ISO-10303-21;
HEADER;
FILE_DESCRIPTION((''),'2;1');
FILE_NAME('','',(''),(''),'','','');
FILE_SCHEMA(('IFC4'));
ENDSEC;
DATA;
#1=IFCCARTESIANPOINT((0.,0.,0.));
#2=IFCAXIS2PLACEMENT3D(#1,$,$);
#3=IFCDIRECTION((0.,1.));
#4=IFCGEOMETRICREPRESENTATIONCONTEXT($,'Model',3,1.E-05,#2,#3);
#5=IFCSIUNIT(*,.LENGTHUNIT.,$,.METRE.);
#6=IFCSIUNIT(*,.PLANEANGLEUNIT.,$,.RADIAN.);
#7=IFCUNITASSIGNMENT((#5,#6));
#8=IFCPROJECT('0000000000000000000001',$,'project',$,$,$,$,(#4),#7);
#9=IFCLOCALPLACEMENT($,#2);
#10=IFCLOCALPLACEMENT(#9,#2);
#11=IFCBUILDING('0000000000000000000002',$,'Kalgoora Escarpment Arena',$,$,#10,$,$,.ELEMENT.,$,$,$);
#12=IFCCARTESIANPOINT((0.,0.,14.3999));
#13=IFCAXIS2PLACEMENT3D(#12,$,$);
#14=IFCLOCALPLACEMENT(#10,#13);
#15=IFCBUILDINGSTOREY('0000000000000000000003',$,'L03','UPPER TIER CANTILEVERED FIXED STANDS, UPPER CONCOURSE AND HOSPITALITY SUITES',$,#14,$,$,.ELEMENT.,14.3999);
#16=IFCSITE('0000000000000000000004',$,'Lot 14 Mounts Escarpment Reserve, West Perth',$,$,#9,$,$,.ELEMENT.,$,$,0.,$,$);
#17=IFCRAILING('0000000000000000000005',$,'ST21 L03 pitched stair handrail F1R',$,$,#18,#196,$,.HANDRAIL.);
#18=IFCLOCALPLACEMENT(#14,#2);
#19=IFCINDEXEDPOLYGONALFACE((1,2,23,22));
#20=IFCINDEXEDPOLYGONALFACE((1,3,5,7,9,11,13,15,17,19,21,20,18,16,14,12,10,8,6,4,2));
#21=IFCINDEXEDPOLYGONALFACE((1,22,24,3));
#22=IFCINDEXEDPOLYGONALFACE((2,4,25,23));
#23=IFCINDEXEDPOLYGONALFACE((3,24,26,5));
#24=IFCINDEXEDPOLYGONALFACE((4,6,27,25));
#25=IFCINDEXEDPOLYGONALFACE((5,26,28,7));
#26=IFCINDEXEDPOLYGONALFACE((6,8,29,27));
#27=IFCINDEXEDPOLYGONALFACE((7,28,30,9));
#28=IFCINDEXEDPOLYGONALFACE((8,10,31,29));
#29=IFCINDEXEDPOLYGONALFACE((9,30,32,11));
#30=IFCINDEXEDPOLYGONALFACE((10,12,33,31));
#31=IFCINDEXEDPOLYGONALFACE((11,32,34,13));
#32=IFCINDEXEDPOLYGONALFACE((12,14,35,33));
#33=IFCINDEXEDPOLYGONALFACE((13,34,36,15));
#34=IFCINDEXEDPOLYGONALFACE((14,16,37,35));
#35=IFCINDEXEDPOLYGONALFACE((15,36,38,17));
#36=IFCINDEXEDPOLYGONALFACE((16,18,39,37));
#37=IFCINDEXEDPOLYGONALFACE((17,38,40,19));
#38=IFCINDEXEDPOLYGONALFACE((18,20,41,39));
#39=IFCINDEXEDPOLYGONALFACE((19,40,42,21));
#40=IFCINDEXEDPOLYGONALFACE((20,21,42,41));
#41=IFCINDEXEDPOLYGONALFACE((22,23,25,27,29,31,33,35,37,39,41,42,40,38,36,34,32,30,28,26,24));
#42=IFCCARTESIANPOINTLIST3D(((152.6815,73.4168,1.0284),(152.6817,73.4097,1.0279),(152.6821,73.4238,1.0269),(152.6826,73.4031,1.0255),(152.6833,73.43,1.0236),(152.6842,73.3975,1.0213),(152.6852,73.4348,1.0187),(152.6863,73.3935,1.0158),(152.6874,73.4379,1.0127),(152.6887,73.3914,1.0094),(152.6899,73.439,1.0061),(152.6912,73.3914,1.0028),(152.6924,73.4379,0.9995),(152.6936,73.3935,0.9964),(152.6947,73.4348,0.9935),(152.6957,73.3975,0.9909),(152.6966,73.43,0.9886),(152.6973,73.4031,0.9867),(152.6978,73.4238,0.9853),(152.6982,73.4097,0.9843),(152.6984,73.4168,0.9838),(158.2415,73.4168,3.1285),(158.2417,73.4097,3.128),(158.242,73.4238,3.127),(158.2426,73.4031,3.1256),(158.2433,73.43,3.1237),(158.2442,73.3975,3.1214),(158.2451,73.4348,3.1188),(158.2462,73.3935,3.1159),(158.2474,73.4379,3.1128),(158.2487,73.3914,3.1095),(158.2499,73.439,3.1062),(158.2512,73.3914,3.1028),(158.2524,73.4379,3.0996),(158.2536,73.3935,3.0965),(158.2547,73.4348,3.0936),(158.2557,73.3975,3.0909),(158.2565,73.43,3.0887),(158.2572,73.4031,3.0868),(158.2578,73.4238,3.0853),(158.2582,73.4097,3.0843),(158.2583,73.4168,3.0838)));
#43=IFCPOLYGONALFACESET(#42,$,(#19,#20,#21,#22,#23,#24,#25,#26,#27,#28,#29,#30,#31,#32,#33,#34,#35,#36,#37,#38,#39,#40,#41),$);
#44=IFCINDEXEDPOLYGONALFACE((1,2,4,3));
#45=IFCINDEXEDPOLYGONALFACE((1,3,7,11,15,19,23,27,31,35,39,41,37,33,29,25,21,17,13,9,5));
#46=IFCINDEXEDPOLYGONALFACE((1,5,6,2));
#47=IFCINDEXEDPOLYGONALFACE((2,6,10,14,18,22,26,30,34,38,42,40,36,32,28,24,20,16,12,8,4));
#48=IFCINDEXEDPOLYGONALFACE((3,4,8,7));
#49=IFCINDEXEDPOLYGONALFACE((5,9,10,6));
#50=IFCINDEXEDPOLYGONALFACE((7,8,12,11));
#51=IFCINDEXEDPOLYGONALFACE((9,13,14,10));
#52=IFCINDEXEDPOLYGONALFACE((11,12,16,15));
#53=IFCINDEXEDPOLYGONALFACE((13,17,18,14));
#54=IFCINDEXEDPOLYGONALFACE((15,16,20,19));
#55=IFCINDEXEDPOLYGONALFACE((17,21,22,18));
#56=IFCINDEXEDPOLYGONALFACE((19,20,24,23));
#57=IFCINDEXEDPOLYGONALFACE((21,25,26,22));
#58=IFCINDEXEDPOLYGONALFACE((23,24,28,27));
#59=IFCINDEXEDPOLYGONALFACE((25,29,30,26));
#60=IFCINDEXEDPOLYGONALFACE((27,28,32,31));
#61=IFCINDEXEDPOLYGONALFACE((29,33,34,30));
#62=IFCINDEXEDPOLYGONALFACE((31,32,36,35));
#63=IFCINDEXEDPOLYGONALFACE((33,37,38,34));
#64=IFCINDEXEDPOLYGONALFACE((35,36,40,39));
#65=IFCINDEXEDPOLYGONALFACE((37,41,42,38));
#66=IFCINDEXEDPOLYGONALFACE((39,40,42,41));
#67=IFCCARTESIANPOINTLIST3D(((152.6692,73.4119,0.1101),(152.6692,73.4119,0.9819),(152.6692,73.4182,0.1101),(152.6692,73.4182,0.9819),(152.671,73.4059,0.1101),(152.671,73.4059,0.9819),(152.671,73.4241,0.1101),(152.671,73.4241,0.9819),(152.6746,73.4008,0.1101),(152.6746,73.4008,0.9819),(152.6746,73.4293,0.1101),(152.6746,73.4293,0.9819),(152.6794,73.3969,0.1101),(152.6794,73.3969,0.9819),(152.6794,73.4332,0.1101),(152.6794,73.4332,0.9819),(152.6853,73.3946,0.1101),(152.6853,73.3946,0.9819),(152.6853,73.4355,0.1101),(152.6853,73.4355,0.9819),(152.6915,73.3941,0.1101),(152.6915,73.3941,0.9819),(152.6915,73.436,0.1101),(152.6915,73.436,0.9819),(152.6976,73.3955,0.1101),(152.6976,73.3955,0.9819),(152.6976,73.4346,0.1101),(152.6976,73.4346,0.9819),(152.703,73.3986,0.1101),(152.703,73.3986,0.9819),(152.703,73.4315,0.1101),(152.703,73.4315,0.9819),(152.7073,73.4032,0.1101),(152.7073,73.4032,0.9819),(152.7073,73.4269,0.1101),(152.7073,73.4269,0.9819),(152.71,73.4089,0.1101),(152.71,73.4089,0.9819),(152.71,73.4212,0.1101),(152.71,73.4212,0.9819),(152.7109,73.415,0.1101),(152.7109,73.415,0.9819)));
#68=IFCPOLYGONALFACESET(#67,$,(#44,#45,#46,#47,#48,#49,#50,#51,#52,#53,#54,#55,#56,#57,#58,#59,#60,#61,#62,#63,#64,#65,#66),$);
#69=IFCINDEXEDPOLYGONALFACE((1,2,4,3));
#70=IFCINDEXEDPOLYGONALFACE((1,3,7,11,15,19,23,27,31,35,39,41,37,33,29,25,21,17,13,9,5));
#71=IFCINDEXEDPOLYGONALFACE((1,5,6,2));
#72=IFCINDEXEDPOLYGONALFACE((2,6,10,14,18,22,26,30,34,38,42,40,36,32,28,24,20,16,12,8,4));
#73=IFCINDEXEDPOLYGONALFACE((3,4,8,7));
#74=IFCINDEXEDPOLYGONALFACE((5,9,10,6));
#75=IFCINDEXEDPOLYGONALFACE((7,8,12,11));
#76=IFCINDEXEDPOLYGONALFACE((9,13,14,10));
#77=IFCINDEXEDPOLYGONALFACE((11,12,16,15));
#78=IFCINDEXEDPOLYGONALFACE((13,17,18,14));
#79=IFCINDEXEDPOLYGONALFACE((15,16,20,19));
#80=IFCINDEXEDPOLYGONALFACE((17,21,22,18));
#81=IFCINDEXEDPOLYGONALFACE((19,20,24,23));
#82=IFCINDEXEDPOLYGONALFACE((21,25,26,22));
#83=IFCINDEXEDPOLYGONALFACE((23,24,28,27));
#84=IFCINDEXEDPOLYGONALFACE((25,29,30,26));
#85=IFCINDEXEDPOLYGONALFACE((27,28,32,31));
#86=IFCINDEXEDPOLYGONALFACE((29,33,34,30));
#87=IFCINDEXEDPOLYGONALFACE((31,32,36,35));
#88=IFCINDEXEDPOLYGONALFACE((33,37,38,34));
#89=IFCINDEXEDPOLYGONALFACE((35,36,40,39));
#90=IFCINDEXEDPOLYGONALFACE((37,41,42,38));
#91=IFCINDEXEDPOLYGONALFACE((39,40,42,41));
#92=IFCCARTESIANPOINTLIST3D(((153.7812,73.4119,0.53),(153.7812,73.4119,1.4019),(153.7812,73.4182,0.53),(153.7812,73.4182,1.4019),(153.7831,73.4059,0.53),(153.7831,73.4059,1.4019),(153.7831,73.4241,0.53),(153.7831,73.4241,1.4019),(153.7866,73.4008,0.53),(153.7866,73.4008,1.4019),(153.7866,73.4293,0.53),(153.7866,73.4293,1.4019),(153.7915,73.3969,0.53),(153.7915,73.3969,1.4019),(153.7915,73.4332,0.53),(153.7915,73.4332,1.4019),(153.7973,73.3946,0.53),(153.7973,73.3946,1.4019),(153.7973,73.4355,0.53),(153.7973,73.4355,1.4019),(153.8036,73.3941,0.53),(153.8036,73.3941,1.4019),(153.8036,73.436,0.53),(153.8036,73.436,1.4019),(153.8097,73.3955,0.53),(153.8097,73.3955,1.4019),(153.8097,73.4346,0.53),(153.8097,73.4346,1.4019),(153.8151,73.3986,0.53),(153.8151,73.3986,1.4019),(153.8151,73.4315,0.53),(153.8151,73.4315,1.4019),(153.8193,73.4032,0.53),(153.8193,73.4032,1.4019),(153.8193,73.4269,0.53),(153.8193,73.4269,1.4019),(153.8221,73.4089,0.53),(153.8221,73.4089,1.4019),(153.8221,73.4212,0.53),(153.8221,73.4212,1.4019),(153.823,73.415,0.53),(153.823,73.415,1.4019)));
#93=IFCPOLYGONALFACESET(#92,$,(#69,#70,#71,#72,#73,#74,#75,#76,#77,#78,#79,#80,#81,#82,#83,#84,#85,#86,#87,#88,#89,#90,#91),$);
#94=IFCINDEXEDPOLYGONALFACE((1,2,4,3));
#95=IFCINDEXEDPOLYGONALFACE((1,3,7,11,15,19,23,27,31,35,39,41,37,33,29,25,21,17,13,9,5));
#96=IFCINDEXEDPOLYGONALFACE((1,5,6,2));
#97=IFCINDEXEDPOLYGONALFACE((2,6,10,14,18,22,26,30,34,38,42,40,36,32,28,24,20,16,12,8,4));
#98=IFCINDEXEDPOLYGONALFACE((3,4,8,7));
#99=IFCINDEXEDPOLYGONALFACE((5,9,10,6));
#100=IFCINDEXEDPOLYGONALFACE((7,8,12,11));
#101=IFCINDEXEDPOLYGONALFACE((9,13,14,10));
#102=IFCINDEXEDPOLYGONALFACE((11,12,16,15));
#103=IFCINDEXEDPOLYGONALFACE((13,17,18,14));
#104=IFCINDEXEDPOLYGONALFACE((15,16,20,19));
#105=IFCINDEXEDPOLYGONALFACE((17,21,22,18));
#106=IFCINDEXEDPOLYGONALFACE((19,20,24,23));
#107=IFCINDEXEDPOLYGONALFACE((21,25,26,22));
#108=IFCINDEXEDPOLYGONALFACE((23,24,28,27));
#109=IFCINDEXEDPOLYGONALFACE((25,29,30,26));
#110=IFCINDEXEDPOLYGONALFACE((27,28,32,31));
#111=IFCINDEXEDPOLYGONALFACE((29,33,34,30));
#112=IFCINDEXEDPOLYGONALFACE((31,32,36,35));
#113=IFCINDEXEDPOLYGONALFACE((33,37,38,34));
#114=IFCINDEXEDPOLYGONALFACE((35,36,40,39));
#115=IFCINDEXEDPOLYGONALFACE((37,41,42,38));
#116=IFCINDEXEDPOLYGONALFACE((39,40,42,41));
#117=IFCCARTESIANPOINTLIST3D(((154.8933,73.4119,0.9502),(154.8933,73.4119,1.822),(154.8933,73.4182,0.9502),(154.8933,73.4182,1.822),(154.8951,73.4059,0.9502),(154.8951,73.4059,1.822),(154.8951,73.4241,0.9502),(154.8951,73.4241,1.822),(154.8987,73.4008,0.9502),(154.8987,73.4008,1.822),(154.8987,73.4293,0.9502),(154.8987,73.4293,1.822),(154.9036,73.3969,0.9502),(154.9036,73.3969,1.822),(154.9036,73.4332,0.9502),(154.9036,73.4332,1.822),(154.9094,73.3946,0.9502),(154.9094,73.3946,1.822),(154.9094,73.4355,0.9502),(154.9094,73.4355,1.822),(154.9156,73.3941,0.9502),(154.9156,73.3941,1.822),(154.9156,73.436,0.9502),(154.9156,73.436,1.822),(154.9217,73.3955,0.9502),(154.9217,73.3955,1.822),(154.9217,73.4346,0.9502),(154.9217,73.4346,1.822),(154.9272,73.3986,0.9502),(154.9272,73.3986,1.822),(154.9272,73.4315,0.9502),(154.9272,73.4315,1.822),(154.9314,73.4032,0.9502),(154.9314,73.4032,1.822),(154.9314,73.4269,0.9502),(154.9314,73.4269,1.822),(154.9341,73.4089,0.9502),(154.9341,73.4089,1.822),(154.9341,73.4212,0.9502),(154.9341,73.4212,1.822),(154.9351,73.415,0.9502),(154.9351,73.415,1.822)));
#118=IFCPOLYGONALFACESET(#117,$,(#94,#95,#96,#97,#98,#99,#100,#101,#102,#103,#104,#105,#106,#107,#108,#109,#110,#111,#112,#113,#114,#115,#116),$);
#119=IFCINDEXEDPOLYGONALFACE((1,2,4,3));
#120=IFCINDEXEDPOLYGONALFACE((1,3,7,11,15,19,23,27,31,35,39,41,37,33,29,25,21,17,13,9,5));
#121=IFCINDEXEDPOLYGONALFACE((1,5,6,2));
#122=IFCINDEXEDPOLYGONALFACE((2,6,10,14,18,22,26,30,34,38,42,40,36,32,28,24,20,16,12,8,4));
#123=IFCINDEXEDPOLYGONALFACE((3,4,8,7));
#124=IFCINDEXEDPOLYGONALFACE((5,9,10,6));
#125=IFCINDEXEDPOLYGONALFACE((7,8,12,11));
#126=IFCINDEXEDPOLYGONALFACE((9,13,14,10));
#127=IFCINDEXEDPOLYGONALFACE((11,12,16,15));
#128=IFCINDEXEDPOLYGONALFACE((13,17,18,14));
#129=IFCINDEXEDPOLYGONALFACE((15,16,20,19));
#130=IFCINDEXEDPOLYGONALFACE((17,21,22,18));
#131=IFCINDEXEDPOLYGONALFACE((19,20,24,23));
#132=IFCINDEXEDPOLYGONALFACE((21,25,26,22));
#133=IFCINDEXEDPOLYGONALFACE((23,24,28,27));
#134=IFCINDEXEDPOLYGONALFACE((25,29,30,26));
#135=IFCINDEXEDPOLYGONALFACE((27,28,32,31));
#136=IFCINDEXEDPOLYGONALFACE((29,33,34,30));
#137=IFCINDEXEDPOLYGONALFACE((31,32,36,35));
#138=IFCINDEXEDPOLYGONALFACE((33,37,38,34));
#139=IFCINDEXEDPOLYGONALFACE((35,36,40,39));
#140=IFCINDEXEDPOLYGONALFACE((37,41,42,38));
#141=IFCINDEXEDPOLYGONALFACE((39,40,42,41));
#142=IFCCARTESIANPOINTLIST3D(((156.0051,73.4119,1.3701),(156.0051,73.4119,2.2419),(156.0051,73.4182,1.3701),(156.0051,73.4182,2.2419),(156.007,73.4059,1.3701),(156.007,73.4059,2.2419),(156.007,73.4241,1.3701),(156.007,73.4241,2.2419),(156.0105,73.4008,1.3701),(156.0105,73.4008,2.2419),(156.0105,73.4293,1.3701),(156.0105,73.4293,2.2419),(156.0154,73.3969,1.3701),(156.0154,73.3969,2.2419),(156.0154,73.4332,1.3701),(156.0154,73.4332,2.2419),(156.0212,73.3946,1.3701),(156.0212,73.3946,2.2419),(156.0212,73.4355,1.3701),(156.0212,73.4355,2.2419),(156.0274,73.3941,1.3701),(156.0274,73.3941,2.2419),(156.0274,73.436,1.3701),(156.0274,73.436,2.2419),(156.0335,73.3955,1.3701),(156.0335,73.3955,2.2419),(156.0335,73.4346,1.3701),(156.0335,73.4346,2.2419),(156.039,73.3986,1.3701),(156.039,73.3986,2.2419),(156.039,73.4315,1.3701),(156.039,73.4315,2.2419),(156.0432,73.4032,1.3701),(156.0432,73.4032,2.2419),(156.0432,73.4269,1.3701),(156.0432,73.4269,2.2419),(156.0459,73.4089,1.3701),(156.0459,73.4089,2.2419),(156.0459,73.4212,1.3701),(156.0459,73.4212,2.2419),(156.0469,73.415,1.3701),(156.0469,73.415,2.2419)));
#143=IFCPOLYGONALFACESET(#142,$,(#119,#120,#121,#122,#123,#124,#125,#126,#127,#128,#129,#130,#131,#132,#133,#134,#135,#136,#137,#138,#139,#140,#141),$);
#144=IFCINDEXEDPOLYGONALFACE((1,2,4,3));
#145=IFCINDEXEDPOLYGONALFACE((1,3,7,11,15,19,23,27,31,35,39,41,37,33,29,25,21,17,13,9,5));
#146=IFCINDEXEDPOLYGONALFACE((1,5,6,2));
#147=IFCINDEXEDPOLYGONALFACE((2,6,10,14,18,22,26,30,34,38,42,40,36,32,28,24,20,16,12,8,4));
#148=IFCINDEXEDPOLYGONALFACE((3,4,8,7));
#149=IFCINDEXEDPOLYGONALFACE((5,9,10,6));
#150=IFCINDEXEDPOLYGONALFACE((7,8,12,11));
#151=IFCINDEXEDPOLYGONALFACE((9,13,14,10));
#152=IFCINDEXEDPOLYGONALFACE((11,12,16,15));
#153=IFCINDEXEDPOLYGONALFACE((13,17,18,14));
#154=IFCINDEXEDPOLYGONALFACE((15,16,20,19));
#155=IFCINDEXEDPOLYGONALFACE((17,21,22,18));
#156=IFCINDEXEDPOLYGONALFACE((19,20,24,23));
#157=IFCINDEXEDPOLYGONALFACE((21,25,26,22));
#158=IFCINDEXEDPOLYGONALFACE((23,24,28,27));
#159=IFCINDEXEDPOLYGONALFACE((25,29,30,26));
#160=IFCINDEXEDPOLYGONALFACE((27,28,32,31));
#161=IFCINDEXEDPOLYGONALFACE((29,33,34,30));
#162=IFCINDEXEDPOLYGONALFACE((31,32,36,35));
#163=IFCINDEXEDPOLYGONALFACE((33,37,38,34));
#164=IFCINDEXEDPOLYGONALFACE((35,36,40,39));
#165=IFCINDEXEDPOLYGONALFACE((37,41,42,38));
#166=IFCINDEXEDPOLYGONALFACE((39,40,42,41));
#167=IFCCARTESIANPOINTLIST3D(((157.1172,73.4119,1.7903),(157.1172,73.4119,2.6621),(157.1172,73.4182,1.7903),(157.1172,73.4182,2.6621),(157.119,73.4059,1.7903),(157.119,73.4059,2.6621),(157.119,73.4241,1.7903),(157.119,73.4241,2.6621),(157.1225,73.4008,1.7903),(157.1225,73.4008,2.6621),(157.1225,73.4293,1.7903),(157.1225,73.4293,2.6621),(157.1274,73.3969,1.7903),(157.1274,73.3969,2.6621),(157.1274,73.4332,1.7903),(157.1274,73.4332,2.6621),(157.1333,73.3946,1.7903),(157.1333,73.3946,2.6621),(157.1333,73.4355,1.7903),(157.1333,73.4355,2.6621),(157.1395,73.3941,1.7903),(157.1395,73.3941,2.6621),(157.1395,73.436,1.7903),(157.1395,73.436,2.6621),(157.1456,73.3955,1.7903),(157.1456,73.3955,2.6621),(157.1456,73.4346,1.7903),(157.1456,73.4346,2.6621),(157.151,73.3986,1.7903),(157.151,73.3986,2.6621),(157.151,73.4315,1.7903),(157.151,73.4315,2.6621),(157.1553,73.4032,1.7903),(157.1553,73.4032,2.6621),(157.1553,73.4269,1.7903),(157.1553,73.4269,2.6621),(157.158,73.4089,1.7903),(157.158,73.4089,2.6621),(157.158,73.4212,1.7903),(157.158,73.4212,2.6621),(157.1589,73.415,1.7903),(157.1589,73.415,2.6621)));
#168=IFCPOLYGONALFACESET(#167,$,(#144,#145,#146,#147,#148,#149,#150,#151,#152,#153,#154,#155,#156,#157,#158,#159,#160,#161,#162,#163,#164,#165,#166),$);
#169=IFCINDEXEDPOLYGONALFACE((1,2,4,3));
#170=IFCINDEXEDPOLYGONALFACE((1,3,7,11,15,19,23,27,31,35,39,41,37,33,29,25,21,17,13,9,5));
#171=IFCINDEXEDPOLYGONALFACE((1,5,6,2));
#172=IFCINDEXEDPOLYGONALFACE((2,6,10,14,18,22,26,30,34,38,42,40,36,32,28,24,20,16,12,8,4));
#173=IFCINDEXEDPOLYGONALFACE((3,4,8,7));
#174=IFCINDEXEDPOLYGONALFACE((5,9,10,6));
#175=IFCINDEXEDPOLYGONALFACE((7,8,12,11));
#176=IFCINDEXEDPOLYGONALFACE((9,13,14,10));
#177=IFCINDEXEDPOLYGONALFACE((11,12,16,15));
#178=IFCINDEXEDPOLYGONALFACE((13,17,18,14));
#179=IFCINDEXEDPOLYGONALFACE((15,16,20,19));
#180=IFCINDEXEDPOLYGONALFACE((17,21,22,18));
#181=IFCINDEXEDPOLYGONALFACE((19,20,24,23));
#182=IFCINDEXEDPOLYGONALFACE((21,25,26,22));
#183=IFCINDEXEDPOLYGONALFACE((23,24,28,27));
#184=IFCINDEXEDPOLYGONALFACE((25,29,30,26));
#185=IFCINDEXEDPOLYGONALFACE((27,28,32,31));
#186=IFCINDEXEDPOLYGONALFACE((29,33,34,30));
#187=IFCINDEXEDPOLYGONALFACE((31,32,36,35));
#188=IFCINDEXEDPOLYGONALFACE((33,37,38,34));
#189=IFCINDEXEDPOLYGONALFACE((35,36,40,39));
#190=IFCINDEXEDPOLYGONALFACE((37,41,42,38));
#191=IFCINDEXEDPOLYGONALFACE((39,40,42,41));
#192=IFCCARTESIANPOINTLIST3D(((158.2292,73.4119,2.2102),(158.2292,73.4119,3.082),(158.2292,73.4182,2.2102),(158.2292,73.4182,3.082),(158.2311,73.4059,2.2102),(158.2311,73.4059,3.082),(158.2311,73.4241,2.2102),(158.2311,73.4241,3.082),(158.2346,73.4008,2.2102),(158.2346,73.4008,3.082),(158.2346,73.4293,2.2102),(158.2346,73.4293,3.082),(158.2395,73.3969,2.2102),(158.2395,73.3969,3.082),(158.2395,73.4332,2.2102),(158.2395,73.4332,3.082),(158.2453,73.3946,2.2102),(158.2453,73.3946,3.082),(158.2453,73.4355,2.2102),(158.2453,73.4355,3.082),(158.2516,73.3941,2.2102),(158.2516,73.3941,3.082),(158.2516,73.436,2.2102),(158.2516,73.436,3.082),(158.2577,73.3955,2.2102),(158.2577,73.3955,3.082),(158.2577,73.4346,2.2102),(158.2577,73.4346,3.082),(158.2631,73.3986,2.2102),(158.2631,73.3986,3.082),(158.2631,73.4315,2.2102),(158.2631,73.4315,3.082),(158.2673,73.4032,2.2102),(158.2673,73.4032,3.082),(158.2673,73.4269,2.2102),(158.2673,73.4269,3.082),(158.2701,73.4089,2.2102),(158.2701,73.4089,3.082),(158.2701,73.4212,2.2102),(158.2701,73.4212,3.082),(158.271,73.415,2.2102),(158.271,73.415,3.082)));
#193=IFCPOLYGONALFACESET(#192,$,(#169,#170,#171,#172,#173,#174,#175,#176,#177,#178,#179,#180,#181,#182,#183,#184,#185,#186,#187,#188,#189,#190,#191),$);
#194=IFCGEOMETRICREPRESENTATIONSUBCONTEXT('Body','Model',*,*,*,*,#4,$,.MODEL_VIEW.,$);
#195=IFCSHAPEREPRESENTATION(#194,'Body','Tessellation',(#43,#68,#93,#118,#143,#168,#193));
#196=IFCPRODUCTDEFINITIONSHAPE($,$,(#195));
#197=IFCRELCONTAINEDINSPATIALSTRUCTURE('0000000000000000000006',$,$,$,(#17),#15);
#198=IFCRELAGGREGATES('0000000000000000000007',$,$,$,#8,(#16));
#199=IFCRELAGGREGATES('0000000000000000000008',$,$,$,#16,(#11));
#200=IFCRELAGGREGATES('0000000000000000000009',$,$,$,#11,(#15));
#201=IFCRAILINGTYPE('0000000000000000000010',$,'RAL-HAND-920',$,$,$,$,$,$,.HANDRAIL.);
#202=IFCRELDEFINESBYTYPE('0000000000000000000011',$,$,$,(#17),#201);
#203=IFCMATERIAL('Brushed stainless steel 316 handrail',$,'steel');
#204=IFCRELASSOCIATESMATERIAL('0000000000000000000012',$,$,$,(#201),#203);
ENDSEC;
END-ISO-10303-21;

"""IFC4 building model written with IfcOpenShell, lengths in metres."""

from ifc_helpers import new_model, si_unit, direction, frame, origin, origin_2d, place, context, subcontext, project, spatial, circle, extrude, material, type_object, element, save


model = new_model("IFC4")

# Units and contexts
model_context = context("Model", 3, precision=1e-05, world=origin(), true_north=direction((0.0, 1.0)))
body_context = subcontext(model_context, "Body", "Model", "MODEL_VIEW")
ifc_project = project(units=[si_unit("LENGTHUNIT", "METRE"), si_unit("PLANEANGLEUNIT", "RADIAN")], contexts=[model_context])

# Site, building, storey
site_placement = place(None, origin())
site = spatial("IfcSite", under=ifc_project, at=site_placement, Name="Lot 14 Mounts Escarpment Reserve, West Perth", CompositionType="ELEMENT", RefElevation=0.0)
building_placement = place(site_placement, origin())
building = spatial("IfcBuilding", under=site, at=building_placement, Name="Kalgoora Escarpment Arena", CompositionType="ELEMENT")
storey_placement = place(building_placement, frame((0.0, 0.0, 14.3999)))
storey = spatial("IfcBuildingStorey", under=building, at=storey_placement, Name="L03", Description="UPPER TIER CANTILEVERED FIXED STANDS, UPPER CONCOURSE AND HOSPITALITY SUITES", CompositionType="ELEMENT", Elevation=14.3999)

# Railing
ifc_material_1 = material(Name="Brushed stainless steel 316 handrail", Category="steel")
railing_type_1 = type_object("IfcRailingType", Name="RAL-HAND-920", PredefinedType="HANDRAIL", material=ifc_material_1)
for number, where, name in (
    (1, (152.6899, 73.415, 0.1101), "ST21 L03 pitched stair handrail F1R"),
):
    element("IfcRailing", number, at=place(storey_placement, frame(where)), inside=storey, type_object=railing_type_1, Name=name, PredefinedType="HANDRAIL", context=body_context, shape_type="SweptSolid", body=[
        extrude(circle(Radius=0.0239, at=origin_2d()), frame((0.0, 0.0, 0.896), z_axis=(0.935493, 0.0, 0.353346), x_axis=(0.0, 1.0, 0.0)), (0.0, 0.0, 1.0), 5.9434),
        extrude(circle(Radius=0.021, at=origin_2d()), origin(), (0.0, 0.0, 1.0), 0.8718),
        extrude(circle(Radius=0.021, at=origin_2d()), frame((1.1121, 0.0, 0.4199)), (0.0, 0.0, 1.0), 0.8718),
        extrude(circle(Radius=0.021, at=origin_2d()), frame((2.2241, 0.0, 0.8401)), (0.0, 0.0, 1.0), 0.8718),
        extrude(circle(Radius=0.021, at=origin_2d()), frame((3.3359, 0.0, 1.26)), (0.0, 0.0, 1.0), 0.8718),
        extrude(circle(Radius=0.021, at=origin_2d()), frame((4.448, 0.0, 1.6802)), (0.0, 0.0, 1.0), 0.8718),
        extrude(circle(Radius=0.021, at=origin_2d()), frame((5.5601, 0.0, 2.1001)), (0.0, 0.0, 1.0), 0.8718),
    ])

save(model, "model.ifc")
